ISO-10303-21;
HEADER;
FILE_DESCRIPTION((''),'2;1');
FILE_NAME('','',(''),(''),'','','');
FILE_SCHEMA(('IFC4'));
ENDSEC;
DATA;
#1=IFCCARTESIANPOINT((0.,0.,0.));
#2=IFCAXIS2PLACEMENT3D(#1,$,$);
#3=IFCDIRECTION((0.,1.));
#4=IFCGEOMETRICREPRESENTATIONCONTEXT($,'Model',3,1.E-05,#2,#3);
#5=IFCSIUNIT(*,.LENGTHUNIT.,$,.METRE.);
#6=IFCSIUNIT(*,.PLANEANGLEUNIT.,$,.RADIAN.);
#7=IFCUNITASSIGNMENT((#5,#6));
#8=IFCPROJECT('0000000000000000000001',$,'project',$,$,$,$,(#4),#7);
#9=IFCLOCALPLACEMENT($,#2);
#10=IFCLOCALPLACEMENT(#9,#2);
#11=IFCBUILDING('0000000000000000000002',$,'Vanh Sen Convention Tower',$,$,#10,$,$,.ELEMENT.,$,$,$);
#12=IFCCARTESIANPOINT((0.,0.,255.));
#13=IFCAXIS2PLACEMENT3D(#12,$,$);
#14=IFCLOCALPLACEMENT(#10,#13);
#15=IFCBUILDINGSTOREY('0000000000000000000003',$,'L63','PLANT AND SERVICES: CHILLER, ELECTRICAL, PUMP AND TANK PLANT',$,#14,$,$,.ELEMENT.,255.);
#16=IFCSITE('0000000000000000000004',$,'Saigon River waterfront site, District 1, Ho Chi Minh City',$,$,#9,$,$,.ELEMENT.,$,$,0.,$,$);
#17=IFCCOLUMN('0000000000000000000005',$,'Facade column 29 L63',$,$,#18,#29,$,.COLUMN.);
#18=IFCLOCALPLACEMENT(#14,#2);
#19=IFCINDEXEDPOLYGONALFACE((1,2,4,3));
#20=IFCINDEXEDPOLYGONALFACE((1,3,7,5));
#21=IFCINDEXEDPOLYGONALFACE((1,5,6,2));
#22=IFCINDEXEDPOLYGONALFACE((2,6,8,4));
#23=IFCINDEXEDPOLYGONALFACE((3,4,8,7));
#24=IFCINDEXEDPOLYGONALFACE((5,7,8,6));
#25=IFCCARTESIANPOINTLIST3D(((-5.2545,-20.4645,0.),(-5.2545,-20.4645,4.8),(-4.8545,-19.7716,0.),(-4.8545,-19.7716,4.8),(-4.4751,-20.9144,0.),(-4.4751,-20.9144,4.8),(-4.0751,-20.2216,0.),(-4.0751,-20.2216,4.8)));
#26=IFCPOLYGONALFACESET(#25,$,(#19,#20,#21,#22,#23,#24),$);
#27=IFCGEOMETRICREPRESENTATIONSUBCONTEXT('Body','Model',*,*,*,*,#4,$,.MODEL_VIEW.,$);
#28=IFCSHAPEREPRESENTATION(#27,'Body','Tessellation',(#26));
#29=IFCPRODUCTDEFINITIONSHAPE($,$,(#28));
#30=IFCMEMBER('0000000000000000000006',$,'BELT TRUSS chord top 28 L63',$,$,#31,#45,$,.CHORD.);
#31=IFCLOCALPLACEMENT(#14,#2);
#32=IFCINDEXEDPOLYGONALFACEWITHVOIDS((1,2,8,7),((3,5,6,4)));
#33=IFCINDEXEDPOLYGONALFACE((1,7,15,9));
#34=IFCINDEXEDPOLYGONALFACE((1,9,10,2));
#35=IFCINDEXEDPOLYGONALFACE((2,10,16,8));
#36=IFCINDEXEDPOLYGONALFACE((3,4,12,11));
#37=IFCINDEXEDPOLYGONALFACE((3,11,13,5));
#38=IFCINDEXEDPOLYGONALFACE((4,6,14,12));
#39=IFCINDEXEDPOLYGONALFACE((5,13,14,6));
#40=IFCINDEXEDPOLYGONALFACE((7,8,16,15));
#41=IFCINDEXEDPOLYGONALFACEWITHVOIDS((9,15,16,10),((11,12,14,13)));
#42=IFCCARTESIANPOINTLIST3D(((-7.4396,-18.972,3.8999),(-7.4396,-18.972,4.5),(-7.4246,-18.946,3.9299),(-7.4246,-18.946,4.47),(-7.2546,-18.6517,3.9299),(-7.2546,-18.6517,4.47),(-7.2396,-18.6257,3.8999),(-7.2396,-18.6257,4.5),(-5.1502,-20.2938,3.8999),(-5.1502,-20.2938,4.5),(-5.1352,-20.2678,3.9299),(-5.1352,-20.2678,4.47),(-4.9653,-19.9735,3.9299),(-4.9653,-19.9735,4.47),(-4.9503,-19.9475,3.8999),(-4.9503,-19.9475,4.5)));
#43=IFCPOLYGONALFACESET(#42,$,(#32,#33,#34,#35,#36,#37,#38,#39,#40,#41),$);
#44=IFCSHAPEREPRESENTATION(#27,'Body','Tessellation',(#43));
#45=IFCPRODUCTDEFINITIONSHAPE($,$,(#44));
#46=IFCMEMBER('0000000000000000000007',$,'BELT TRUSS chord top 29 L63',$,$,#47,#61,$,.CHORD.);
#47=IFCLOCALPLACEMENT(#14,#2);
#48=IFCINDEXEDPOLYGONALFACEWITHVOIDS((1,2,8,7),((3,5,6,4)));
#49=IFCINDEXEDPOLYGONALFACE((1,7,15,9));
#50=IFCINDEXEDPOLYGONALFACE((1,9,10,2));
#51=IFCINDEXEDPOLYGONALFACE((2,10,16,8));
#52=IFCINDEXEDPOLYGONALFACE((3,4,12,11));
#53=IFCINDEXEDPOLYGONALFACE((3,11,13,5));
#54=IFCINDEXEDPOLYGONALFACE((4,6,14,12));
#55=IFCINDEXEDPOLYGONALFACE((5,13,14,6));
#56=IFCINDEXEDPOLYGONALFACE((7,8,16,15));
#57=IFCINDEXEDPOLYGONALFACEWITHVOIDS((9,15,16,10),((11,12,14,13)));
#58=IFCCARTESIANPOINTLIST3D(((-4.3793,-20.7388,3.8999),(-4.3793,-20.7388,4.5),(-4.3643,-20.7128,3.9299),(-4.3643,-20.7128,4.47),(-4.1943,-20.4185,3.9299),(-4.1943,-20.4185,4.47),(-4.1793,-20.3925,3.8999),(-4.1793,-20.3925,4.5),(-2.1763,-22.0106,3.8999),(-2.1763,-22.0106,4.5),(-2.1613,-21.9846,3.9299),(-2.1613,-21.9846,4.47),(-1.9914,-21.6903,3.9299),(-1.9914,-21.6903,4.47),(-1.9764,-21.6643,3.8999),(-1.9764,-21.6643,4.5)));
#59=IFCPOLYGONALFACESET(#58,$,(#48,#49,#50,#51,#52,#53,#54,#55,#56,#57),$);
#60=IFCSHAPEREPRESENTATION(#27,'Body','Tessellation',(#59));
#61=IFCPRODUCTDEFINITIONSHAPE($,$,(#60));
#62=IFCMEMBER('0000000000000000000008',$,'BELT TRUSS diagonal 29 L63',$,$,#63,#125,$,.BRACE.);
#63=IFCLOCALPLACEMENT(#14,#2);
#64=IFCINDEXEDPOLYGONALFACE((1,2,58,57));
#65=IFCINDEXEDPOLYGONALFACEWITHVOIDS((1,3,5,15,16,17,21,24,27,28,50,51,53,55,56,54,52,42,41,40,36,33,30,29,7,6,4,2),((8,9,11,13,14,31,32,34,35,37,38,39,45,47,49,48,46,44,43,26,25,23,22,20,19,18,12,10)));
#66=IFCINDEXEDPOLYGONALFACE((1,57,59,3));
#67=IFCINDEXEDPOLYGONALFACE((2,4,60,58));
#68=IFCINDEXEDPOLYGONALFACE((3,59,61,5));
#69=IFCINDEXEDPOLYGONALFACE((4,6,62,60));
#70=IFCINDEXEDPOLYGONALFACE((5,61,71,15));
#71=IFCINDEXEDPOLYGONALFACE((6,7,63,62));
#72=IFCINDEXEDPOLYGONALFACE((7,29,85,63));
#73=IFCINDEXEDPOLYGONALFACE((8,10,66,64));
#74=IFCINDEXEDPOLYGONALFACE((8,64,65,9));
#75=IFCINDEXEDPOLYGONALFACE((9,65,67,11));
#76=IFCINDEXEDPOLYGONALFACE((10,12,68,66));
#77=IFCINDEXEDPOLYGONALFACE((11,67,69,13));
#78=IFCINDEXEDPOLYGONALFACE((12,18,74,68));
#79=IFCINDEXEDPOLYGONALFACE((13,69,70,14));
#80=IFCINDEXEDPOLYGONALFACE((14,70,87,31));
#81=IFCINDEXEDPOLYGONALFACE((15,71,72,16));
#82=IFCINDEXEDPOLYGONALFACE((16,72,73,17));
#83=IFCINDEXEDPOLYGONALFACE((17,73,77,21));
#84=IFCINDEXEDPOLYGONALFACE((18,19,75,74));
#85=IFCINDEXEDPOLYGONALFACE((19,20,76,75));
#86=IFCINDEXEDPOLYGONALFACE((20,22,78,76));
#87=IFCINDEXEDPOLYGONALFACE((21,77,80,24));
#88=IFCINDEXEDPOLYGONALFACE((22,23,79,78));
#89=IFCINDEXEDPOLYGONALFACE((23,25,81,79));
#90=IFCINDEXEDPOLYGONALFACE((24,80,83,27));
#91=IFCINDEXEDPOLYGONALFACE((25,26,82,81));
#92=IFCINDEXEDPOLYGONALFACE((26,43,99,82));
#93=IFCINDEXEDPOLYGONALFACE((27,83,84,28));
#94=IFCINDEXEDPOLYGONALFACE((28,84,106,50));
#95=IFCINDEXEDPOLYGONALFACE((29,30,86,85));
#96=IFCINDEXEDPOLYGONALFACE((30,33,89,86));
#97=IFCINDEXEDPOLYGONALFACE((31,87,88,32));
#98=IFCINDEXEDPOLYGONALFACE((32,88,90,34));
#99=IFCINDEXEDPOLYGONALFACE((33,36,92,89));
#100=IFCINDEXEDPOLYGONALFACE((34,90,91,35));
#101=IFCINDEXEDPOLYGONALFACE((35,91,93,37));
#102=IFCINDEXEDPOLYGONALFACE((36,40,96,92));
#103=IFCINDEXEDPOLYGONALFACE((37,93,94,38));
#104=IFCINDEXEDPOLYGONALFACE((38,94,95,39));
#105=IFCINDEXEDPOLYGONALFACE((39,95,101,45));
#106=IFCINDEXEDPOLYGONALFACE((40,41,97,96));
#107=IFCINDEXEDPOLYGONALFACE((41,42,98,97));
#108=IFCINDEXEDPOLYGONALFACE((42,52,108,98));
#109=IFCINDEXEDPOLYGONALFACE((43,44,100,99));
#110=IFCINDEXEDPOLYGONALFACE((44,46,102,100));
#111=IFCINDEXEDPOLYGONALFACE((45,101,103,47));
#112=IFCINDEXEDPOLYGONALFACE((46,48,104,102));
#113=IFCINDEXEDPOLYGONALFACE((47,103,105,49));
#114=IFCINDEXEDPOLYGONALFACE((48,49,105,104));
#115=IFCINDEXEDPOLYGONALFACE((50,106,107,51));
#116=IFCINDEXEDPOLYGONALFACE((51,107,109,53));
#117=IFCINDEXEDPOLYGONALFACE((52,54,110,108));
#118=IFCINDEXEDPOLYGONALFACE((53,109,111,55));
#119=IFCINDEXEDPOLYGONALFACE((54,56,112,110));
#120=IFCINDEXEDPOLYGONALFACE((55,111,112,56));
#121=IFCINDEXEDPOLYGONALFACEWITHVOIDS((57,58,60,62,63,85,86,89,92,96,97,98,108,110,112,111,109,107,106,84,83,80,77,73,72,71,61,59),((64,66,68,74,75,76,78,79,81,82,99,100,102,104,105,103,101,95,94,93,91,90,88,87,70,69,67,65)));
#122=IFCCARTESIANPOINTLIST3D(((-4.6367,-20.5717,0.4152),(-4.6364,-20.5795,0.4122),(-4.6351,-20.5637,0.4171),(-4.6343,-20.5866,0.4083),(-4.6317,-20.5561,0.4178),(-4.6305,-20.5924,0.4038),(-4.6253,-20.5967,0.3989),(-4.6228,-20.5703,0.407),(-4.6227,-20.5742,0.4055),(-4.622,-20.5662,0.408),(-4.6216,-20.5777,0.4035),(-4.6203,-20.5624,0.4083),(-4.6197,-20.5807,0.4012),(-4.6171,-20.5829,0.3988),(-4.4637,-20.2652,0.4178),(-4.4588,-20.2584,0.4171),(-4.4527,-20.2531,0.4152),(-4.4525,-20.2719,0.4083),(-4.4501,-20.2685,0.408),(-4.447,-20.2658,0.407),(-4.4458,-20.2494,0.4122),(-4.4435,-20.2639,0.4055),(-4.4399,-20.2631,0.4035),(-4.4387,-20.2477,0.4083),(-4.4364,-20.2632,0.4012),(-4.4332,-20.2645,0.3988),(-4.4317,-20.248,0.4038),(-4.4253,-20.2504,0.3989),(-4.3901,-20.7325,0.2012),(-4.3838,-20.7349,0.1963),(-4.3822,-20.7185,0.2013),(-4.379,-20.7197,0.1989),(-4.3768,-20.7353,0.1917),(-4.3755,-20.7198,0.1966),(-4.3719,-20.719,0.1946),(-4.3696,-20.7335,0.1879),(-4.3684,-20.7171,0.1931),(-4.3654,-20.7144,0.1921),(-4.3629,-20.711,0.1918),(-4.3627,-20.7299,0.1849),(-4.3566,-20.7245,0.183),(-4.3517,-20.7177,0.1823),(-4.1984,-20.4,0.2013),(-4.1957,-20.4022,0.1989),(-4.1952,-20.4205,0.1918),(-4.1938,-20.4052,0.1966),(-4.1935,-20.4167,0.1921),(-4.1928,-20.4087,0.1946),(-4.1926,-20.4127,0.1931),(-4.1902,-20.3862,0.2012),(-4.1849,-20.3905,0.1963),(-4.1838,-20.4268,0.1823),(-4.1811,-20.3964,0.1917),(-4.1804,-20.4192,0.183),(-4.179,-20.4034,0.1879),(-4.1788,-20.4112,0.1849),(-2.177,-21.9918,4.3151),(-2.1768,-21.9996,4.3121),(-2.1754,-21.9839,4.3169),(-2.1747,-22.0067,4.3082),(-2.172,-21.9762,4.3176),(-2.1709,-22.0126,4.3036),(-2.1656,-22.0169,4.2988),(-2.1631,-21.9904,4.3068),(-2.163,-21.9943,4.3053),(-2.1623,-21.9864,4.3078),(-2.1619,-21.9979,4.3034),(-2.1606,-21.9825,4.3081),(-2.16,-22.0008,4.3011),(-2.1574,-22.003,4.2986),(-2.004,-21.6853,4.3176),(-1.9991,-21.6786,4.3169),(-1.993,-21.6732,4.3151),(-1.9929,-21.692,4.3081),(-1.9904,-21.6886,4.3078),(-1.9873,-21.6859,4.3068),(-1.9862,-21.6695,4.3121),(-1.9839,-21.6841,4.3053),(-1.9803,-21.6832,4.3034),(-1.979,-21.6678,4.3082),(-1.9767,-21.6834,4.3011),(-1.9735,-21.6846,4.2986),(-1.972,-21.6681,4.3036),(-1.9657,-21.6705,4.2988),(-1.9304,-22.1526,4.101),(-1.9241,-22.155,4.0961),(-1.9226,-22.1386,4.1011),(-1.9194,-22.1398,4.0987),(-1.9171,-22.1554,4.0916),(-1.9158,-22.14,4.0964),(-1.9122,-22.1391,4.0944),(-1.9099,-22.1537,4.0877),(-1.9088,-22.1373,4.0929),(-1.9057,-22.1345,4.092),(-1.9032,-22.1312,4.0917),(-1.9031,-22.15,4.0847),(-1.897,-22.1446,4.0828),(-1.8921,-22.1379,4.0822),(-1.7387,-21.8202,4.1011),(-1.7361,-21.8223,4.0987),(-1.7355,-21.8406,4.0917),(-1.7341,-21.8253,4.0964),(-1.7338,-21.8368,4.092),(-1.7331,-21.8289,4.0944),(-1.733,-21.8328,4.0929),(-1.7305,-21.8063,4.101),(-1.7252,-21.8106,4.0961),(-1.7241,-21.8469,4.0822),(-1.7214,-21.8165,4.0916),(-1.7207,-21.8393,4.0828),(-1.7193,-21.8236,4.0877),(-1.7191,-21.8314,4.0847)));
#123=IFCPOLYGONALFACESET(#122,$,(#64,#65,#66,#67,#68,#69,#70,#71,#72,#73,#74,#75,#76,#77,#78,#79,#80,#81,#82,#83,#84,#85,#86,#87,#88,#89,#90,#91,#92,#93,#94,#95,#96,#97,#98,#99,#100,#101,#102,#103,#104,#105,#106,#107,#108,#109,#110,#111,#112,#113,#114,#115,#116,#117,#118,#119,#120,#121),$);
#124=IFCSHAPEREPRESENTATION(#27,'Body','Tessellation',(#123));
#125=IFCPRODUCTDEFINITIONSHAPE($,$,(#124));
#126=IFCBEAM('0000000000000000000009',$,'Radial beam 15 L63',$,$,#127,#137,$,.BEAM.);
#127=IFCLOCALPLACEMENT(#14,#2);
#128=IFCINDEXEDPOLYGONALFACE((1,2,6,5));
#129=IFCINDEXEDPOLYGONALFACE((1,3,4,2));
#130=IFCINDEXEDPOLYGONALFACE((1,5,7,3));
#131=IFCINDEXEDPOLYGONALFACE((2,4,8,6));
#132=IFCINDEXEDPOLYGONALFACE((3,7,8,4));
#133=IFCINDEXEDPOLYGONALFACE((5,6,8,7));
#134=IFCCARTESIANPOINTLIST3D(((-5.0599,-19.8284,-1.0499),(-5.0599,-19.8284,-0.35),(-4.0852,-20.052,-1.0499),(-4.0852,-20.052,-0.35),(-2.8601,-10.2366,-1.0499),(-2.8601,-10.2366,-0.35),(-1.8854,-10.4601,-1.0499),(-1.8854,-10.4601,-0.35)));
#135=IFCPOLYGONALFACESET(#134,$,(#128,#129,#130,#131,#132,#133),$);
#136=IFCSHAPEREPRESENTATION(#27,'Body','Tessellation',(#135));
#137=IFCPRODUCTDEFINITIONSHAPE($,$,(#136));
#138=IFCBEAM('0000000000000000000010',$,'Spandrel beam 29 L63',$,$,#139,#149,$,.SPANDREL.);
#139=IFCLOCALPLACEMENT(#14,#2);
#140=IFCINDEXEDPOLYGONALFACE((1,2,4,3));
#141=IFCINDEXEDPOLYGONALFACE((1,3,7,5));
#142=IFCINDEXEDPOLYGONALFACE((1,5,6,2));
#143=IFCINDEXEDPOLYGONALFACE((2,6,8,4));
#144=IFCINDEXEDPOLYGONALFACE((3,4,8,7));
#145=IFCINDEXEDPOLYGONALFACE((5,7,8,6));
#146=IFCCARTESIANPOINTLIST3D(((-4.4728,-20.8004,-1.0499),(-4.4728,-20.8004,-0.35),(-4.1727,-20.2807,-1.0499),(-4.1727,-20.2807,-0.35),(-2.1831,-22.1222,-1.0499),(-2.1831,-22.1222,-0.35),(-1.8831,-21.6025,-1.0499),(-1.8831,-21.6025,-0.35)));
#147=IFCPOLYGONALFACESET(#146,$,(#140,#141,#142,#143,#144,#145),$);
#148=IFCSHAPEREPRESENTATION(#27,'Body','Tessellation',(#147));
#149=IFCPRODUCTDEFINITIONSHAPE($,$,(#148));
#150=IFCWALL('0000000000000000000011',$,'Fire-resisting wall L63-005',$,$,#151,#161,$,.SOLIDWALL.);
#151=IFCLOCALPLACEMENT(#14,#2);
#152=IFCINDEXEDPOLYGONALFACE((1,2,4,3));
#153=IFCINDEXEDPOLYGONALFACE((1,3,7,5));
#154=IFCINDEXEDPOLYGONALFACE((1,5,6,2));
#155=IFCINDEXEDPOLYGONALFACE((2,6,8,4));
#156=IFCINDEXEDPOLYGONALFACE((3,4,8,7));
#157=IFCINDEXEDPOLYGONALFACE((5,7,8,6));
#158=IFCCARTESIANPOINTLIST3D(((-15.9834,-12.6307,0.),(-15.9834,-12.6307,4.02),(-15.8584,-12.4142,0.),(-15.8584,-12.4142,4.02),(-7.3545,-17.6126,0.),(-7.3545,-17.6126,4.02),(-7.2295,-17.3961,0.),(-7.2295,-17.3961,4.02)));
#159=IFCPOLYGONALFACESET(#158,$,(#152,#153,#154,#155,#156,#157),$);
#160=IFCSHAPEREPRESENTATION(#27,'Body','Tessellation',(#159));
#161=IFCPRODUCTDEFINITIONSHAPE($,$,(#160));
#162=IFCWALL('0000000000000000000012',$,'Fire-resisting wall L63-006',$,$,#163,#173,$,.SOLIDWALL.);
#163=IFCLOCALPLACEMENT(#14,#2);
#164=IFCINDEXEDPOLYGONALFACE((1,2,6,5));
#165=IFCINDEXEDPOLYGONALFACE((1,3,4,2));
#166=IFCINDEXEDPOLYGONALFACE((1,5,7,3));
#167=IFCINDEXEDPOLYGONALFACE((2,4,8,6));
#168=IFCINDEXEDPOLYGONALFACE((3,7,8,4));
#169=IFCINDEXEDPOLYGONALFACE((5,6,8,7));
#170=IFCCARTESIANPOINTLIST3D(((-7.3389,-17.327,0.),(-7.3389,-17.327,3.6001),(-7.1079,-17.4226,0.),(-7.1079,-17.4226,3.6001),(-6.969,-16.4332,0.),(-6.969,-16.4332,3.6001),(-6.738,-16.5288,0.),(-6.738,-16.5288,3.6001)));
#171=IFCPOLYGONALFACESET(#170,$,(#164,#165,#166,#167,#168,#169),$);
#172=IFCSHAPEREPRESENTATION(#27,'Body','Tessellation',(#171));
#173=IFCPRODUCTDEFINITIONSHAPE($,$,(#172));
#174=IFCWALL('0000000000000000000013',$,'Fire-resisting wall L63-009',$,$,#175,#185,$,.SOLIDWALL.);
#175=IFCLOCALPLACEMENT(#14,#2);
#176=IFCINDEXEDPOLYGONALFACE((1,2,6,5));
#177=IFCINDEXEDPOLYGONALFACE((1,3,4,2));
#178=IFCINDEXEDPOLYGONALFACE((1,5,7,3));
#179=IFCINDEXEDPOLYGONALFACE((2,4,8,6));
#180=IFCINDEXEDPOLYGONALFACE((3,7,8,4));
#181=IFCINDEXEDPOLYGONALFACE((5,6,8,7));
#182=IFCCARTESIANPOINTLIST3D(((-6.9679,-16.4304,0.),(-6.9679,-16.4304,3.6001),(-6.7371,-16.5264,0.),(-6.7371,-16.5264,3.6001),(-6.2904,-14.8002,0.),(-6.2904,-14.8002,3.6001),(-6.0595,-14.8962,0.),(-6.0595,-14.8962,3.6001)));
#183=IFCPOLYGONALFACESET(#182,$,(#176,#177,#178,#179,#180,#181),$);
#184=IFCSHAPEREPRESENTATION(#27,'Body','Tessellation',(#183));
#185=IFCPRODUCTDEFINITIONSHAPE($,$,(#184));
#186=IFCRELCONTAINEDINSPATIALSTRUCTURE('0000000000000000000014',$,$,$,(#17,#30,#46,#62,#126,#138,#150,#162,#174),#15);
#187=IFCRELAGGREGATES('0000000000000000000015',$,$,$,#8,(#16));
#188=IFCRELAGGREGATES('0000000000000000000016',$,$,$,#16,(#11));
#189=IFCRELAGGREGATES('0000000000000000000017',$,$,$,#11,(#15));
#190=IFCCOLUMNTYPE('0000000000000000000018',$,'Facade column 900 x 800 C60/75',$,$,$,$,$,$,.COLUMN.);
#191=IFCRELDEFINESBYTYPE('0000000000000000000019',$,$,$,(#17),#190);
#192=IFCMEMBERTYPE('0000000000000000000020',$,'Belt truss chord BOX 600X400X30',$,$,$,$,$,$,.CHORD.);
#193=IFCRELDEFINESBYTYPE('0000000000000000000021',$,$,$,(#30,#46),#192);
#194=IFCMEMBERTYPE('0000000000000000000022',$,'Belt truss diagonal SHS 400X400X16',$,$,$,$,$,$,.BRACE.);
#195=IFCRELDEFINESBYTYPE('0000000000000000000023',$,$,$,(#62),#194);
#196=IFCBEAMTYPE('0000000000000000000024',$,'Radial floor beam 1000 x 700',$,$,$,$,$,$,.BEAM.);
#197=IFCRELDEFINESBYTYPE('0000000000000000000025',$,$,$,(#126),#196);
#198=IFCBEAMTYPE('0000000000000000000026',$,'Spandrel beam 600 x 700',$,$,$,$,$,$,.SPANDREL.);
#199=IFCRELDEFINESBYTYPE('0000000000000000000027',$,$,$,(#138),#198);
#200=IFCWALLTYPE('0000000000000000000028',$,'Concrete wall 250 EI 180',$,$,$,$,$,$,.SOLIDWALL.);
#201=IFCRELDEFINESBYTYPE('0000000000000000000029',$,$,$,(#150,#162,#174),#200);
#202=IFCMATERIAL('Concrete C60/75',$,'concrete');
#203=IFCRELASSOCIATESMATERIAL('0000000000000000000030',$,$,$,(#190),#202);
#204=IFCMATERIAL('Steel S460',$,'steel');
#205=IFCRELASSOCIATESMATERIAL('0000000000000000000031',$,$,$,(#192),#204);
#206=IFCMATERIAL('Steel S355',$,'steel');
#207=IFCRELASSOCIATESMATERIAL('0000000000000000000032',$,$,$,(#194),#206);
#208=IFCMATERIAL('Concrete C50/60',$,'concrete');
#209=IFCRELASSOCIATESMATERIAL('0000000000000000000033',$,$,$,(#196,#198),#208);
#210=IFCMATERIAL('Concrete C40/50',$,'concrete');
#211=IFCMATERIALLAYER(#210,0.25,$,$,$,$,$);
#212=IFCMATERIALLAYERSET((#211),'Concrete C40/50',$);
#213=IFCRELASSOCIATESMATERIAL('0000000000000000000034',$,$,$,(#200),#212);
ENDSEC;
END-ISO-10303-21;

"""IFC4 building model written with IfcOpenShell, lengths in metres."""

from ifc_helpers import new_model, si_unit, direction, frame, frame_2d, origin, origin_2d, place, context, subcontext, project, spatial, rectangle, hollow_rectangle, extrude, material, layer, layer_set, material_profile, profile_set, type_object, element, save


model = new_model("IFC4")

# Units and contexts
model_context = context("Model", 3, precision=1e-05, world=origin(), true_north=direction((0.0, 1.0)))
body_context = subcontext(model_context, "Body", "Model", "MODEL_VIEW")
ifc_project = project(units=[si_unit("LENGTHUNIT", "METRE"), si_unit("PLANEANGLEUNIT", "RADIAN")], contexts=[model_context])

# Site, building, storey
site_placement = place(None, origin())
site = spatial("IfcSite", under=ifc_project, at=site_placement, Name="Saigon River waterfront site, District 1, Ho Chi Minh City", CompositionType="ELEMENT", RefElevation=0.0)
building_placement = place(site_placement, origin())
building = spatial("IfcBuilding", under=site, at=building_placement, Name="Vanh Sen Convention Tower", CompositionType="ELEMENT")
storey_placement = place(building_placement, frame((0.0, 0.0, 255.0)))
storey = spatial("IfcBuildingStorey", under=building, at=storey_placement, Name="L63", Description="PLANT AND SERVICES: CHILLER, ELECTRICAL, PUMP AND TANK PLANT", CompositionType="ELEMENT", Elevation=255.0)

# Column
ifc_material_1 = material(Name="Concrete C60/75", Category="concrete")
ifc_material_profile_1 = material_profile(ifc_material_1, rectangle(XDim=0.8999, YDim=0.8, at=origin_2d()), Name="RC 900X800")
ifc_profile_set_1 = profile_set([ifc_material_profile_1], Name="Concrete C60/75")
column_type = type_object("IfcColumnType", Name="Facade column 900 x 800 C60/75", PredefinedType="COLUMN", material=ifc_profile_set_1)
column_placement = place(storey_placement, frame((-4.6648, -20.343, 0.0), z_axis=(0.0, 0.0, 1.0), x_axis=(0.866025, -0.5, 0.0)))
element("IfcColumn", 1, at=column_placement, inside=storey, type_object=column_type, Name="Facade column 29 L63", PredefinedType="COLUMN", context=body_context, shape_type="SweptSolid", body=[
    extrude(rectangle(XDim=0.8999, YDim=0.8, at=origin_2d()), origin(), (0.0, 0.0, 1.0), 4.8),
])

# Members
ifc_material_2 = material(Name="Steel S460", Category="steel")
ifc_material_profile_2 = material_profile(ifc_material_2, hollow_rectangle(XDim=0.3999, YDim=0.6001, WallThickness=0.03, at=origin_2d()), Name="BOX 600X400X30")
ifc_profile_set_2 = profile_set([ifc_material_profile_2], Name="Steel S460")
member_type_1 = type_object("IfcMemberType", Name="Belt truss chord BOX 600X400X30", PredefinedType="CHORD", material=ifc_profile_set_2)
member_1_placement = place(storey_placement, frame((-7.3396, -18.7988, 4.2), z_axis=(0.866018, -0.500013, 0.0), x_axis=(0.500013, 0.866018, 0.0)))
element("IfcMember", 2, at=member_1_placement, inside=storey, type_object=member_type_1, Name="BELT TRUSS chord top 28 L63", PredefinedType="CHORD", context=body_context, shape_type="SweptSolid", body=[
    extrude(hollow_rectangle(XDim=0.3999, YDim=0.6001, WallThickness=0.03, at=origin_2d()), origin(), (0.0, 0.0, 1.0), 2.6436),
])
member_2_placement = place(storey_placement, frame((-4.2793, -20.5657, 4.2), z_axis=(0.866043, -0.499969, 0.0), x_axis=(0.499969, 0.866043, 0.0)))
element("IfcMember", 3, at=member_2_placement, inside=storey, type_object=member_type_1, Name="BELT TRUSS chord top 29 L63", PredefinedType="CHORD", context=body_context, shape_type="SweptSolid", body=[
    extrude(hollow_rectangle(XDim=0.3999, YDim=0.6001, WallThickness=0.03, at=origin_2d()), origin(), (0.0, 0.0, 1.0), 2.5437),
])
ifc_material_3 = material(Name="Steel S355", Category="steel")
ifc_material_profile_3 = material_profile(ifc_material_3, hollow_rectangle(XDim=0.3999, YDim=0.3999, WallThickness=0.0161, InnerFilletRadius=0.0161, OuterFilletRadius=0.032, at=origin_2d()), Name="SHS 400X400X16")
ifc_profile_set_3 = profile_set([ifc_material_profile_3], Name="Steel S355")
member_type_2 = type_object("IfcMemberType", Name="Belt truss diagonal SHS 400X400X16", PredefinedType="BRACE", material=ifc_profile_set_3)
member_3_placement = place(storey_placement, frame((-4.4077, -20.4915, 0.3), z_axis=(0.509833, -0.294362, 0.808345), x_axis=(0.500013, 0.866018, 0.0)))
element("IfcMember", 4, at=member_3_placement, inside=storey, type_object=member_type_2, Name="BELT TRUSS diagonal 29 L63", PredefinedType="BRACE", context=body_context, shape_type="SweptSolid", body=[
    extrude(hollow_rectangle(XDim=0.3999, YDim=0.3999, WallThickness=0.0161, InnerFilletRadius=0.0161, OuterFilletRadius=0.032, at=origin_2d()), origin(), (0.0, 0.0, 1.0), 4.8245),
])

# Beams
ifc_material_4 = material(Name="Concrete C50/60", Category="concrete")
ifc_material_profile_4 = material_profile(ifc_material_4, rectangle(XDim=1.0, YDim=0.7, at=origin_2d()), Name="RC 1000X700")
ifc_profile_set_4 = profile_set([ifc_material_profile_4], Name="Concrete C50/60")
beam_type_1 = type_object("IfcBeamType", Name="Radial floor beam 1000 x 700", PredefinedType="BEAM", material=ifc_profile_set_4)
beam_1_placement = place(storey_placement, frame((-4.5725, -19.9402, -0.7), z_axis=(0.223529, 0.974697, 0.0), x_axis=(-0.974697, 0.223529, 0.0)))
element("IfcBeam", 5, at=beam_1_placement, inside=storey, type_object=beam_type_1, Name="Radial beam 15 L63", PredefinedType="BEAM", context=body_context, shape_type="SweptSolid", body=[
    extrude(rectangle(XDim=1.0, YDim=0.7, at=origin_2d()), origin(), (0.0, 0.0, 1.0), 9.8408),
])
ifc_material_profile_5 = material_profile(ifc_material_4, rectangle(XDim=0.6001, YDim=0.7, at=origin_2d()), Name="RC 600X700")
ifc_profile_set_5 = profile_set([ifc_material_profile_5], Name="Concrete C50/60")
beam_type_2 = type_object("IfcBeamType", Name="Spandrel beam 600 x 700", PredefinedType="SPANDREL", material=ifc_profile_set_5)
beam_2_placement = place(storey_placement, frame((-4.3228, -20.5405, -0.7), z_axis=(0.866041, -0.499973, 0.0), x_axis=(0.499973, 0.866041, 0.0)))
element("IfcBeam", 6, at=beam_2_placement, inside=storey, type_object=beam_type_2, Name="Spandrel beam 29 L63", PredefinedType="SPANDREL", context=body_context, shape_type="SweptSolid", body=[
    extrude(rectangle(XDim=0.6001, YDim=0.7, at=origin_2d()), origin(), (0.0, 0.0, 1.0), 2.6438),
])

# Walls
ifc_material_5 = material(Name="Concrete C40/50", Category="concrete")
ifc_layer_1 = layer(ifc_material_5, 0.25)
ifc_layer_set_1 = layer_set([ifc_layer_1], Name="Concrete C40/50")
wall_type = type_object("IfcWallType", Name="Concrete wall 250 EI 180", PredefinedType="SOLIDWALL", material=ifc_layer_set_1)
wall_1_placement = place(storey_placement, frame((-7.292, -17.5044, 0.0), z_axis=(0.0, 0.0, 1.0), x_axis=(-0.866024, 0.500002, 0.0)))
element("IfcWall", 7, at=wall_1_placement, inside=storey, type_object=wall_type, Name="Fire-resisting wall L63-005", PredefinedType="SOLIDWALL", context=body_context, shape_type="SweptSolid", body=[
    extrude(rectangle(XDim=9.9639, YDim=0.25, at=frame_2d((4.9819, 0.0))), origin(), (0.0, 0.0, 1.0), 4.02),
])
wall_2_placement = place(storey_placement, frame((-7.2234, -17.3748, 0.0), z_axis=(0.0, 0.0, 1.0), x_axis=(0.382374, 0.924008, 0.0)))
element("IfcWall", 8, at=wall_2_placement, inside=storey, type_object=wall_type, Name="Fire-resisting wall L63-006", PredefinedType="SOLIDWALL", context=body_context, shape_type="SweptSolid", body=[
    extrude(rectangle(XDim=0.9673, YDim=0.25, at=frame_2d((0.4836, 0.0))), origin(), (0.0, 0.0, 1.0), 3.6001),
])
wall_3_placement = place(storey_placement, frame((-6.8525, -16.4785, 0.0), z_axis=(0.0, 0.0, 1.0), x_axis=(0.383781, 0.923424, 0.0)))
element("IfcWall", 9, at=wall_3_placement, inside=storey, type_object=wall_type, Name="Fire-resisting wall L63-009", PredefinedType="SOLIDWALL", context=body_context, shape_type="SweptSolid", body=[
    extrude(rectangle(XDim=1.7654, YDim=0.25, at=frame_2d((0.8828, 0.0))), origin(), (0.0, 0.0, 1.0), 3.6001),
])

save(model, "model.ifc")
